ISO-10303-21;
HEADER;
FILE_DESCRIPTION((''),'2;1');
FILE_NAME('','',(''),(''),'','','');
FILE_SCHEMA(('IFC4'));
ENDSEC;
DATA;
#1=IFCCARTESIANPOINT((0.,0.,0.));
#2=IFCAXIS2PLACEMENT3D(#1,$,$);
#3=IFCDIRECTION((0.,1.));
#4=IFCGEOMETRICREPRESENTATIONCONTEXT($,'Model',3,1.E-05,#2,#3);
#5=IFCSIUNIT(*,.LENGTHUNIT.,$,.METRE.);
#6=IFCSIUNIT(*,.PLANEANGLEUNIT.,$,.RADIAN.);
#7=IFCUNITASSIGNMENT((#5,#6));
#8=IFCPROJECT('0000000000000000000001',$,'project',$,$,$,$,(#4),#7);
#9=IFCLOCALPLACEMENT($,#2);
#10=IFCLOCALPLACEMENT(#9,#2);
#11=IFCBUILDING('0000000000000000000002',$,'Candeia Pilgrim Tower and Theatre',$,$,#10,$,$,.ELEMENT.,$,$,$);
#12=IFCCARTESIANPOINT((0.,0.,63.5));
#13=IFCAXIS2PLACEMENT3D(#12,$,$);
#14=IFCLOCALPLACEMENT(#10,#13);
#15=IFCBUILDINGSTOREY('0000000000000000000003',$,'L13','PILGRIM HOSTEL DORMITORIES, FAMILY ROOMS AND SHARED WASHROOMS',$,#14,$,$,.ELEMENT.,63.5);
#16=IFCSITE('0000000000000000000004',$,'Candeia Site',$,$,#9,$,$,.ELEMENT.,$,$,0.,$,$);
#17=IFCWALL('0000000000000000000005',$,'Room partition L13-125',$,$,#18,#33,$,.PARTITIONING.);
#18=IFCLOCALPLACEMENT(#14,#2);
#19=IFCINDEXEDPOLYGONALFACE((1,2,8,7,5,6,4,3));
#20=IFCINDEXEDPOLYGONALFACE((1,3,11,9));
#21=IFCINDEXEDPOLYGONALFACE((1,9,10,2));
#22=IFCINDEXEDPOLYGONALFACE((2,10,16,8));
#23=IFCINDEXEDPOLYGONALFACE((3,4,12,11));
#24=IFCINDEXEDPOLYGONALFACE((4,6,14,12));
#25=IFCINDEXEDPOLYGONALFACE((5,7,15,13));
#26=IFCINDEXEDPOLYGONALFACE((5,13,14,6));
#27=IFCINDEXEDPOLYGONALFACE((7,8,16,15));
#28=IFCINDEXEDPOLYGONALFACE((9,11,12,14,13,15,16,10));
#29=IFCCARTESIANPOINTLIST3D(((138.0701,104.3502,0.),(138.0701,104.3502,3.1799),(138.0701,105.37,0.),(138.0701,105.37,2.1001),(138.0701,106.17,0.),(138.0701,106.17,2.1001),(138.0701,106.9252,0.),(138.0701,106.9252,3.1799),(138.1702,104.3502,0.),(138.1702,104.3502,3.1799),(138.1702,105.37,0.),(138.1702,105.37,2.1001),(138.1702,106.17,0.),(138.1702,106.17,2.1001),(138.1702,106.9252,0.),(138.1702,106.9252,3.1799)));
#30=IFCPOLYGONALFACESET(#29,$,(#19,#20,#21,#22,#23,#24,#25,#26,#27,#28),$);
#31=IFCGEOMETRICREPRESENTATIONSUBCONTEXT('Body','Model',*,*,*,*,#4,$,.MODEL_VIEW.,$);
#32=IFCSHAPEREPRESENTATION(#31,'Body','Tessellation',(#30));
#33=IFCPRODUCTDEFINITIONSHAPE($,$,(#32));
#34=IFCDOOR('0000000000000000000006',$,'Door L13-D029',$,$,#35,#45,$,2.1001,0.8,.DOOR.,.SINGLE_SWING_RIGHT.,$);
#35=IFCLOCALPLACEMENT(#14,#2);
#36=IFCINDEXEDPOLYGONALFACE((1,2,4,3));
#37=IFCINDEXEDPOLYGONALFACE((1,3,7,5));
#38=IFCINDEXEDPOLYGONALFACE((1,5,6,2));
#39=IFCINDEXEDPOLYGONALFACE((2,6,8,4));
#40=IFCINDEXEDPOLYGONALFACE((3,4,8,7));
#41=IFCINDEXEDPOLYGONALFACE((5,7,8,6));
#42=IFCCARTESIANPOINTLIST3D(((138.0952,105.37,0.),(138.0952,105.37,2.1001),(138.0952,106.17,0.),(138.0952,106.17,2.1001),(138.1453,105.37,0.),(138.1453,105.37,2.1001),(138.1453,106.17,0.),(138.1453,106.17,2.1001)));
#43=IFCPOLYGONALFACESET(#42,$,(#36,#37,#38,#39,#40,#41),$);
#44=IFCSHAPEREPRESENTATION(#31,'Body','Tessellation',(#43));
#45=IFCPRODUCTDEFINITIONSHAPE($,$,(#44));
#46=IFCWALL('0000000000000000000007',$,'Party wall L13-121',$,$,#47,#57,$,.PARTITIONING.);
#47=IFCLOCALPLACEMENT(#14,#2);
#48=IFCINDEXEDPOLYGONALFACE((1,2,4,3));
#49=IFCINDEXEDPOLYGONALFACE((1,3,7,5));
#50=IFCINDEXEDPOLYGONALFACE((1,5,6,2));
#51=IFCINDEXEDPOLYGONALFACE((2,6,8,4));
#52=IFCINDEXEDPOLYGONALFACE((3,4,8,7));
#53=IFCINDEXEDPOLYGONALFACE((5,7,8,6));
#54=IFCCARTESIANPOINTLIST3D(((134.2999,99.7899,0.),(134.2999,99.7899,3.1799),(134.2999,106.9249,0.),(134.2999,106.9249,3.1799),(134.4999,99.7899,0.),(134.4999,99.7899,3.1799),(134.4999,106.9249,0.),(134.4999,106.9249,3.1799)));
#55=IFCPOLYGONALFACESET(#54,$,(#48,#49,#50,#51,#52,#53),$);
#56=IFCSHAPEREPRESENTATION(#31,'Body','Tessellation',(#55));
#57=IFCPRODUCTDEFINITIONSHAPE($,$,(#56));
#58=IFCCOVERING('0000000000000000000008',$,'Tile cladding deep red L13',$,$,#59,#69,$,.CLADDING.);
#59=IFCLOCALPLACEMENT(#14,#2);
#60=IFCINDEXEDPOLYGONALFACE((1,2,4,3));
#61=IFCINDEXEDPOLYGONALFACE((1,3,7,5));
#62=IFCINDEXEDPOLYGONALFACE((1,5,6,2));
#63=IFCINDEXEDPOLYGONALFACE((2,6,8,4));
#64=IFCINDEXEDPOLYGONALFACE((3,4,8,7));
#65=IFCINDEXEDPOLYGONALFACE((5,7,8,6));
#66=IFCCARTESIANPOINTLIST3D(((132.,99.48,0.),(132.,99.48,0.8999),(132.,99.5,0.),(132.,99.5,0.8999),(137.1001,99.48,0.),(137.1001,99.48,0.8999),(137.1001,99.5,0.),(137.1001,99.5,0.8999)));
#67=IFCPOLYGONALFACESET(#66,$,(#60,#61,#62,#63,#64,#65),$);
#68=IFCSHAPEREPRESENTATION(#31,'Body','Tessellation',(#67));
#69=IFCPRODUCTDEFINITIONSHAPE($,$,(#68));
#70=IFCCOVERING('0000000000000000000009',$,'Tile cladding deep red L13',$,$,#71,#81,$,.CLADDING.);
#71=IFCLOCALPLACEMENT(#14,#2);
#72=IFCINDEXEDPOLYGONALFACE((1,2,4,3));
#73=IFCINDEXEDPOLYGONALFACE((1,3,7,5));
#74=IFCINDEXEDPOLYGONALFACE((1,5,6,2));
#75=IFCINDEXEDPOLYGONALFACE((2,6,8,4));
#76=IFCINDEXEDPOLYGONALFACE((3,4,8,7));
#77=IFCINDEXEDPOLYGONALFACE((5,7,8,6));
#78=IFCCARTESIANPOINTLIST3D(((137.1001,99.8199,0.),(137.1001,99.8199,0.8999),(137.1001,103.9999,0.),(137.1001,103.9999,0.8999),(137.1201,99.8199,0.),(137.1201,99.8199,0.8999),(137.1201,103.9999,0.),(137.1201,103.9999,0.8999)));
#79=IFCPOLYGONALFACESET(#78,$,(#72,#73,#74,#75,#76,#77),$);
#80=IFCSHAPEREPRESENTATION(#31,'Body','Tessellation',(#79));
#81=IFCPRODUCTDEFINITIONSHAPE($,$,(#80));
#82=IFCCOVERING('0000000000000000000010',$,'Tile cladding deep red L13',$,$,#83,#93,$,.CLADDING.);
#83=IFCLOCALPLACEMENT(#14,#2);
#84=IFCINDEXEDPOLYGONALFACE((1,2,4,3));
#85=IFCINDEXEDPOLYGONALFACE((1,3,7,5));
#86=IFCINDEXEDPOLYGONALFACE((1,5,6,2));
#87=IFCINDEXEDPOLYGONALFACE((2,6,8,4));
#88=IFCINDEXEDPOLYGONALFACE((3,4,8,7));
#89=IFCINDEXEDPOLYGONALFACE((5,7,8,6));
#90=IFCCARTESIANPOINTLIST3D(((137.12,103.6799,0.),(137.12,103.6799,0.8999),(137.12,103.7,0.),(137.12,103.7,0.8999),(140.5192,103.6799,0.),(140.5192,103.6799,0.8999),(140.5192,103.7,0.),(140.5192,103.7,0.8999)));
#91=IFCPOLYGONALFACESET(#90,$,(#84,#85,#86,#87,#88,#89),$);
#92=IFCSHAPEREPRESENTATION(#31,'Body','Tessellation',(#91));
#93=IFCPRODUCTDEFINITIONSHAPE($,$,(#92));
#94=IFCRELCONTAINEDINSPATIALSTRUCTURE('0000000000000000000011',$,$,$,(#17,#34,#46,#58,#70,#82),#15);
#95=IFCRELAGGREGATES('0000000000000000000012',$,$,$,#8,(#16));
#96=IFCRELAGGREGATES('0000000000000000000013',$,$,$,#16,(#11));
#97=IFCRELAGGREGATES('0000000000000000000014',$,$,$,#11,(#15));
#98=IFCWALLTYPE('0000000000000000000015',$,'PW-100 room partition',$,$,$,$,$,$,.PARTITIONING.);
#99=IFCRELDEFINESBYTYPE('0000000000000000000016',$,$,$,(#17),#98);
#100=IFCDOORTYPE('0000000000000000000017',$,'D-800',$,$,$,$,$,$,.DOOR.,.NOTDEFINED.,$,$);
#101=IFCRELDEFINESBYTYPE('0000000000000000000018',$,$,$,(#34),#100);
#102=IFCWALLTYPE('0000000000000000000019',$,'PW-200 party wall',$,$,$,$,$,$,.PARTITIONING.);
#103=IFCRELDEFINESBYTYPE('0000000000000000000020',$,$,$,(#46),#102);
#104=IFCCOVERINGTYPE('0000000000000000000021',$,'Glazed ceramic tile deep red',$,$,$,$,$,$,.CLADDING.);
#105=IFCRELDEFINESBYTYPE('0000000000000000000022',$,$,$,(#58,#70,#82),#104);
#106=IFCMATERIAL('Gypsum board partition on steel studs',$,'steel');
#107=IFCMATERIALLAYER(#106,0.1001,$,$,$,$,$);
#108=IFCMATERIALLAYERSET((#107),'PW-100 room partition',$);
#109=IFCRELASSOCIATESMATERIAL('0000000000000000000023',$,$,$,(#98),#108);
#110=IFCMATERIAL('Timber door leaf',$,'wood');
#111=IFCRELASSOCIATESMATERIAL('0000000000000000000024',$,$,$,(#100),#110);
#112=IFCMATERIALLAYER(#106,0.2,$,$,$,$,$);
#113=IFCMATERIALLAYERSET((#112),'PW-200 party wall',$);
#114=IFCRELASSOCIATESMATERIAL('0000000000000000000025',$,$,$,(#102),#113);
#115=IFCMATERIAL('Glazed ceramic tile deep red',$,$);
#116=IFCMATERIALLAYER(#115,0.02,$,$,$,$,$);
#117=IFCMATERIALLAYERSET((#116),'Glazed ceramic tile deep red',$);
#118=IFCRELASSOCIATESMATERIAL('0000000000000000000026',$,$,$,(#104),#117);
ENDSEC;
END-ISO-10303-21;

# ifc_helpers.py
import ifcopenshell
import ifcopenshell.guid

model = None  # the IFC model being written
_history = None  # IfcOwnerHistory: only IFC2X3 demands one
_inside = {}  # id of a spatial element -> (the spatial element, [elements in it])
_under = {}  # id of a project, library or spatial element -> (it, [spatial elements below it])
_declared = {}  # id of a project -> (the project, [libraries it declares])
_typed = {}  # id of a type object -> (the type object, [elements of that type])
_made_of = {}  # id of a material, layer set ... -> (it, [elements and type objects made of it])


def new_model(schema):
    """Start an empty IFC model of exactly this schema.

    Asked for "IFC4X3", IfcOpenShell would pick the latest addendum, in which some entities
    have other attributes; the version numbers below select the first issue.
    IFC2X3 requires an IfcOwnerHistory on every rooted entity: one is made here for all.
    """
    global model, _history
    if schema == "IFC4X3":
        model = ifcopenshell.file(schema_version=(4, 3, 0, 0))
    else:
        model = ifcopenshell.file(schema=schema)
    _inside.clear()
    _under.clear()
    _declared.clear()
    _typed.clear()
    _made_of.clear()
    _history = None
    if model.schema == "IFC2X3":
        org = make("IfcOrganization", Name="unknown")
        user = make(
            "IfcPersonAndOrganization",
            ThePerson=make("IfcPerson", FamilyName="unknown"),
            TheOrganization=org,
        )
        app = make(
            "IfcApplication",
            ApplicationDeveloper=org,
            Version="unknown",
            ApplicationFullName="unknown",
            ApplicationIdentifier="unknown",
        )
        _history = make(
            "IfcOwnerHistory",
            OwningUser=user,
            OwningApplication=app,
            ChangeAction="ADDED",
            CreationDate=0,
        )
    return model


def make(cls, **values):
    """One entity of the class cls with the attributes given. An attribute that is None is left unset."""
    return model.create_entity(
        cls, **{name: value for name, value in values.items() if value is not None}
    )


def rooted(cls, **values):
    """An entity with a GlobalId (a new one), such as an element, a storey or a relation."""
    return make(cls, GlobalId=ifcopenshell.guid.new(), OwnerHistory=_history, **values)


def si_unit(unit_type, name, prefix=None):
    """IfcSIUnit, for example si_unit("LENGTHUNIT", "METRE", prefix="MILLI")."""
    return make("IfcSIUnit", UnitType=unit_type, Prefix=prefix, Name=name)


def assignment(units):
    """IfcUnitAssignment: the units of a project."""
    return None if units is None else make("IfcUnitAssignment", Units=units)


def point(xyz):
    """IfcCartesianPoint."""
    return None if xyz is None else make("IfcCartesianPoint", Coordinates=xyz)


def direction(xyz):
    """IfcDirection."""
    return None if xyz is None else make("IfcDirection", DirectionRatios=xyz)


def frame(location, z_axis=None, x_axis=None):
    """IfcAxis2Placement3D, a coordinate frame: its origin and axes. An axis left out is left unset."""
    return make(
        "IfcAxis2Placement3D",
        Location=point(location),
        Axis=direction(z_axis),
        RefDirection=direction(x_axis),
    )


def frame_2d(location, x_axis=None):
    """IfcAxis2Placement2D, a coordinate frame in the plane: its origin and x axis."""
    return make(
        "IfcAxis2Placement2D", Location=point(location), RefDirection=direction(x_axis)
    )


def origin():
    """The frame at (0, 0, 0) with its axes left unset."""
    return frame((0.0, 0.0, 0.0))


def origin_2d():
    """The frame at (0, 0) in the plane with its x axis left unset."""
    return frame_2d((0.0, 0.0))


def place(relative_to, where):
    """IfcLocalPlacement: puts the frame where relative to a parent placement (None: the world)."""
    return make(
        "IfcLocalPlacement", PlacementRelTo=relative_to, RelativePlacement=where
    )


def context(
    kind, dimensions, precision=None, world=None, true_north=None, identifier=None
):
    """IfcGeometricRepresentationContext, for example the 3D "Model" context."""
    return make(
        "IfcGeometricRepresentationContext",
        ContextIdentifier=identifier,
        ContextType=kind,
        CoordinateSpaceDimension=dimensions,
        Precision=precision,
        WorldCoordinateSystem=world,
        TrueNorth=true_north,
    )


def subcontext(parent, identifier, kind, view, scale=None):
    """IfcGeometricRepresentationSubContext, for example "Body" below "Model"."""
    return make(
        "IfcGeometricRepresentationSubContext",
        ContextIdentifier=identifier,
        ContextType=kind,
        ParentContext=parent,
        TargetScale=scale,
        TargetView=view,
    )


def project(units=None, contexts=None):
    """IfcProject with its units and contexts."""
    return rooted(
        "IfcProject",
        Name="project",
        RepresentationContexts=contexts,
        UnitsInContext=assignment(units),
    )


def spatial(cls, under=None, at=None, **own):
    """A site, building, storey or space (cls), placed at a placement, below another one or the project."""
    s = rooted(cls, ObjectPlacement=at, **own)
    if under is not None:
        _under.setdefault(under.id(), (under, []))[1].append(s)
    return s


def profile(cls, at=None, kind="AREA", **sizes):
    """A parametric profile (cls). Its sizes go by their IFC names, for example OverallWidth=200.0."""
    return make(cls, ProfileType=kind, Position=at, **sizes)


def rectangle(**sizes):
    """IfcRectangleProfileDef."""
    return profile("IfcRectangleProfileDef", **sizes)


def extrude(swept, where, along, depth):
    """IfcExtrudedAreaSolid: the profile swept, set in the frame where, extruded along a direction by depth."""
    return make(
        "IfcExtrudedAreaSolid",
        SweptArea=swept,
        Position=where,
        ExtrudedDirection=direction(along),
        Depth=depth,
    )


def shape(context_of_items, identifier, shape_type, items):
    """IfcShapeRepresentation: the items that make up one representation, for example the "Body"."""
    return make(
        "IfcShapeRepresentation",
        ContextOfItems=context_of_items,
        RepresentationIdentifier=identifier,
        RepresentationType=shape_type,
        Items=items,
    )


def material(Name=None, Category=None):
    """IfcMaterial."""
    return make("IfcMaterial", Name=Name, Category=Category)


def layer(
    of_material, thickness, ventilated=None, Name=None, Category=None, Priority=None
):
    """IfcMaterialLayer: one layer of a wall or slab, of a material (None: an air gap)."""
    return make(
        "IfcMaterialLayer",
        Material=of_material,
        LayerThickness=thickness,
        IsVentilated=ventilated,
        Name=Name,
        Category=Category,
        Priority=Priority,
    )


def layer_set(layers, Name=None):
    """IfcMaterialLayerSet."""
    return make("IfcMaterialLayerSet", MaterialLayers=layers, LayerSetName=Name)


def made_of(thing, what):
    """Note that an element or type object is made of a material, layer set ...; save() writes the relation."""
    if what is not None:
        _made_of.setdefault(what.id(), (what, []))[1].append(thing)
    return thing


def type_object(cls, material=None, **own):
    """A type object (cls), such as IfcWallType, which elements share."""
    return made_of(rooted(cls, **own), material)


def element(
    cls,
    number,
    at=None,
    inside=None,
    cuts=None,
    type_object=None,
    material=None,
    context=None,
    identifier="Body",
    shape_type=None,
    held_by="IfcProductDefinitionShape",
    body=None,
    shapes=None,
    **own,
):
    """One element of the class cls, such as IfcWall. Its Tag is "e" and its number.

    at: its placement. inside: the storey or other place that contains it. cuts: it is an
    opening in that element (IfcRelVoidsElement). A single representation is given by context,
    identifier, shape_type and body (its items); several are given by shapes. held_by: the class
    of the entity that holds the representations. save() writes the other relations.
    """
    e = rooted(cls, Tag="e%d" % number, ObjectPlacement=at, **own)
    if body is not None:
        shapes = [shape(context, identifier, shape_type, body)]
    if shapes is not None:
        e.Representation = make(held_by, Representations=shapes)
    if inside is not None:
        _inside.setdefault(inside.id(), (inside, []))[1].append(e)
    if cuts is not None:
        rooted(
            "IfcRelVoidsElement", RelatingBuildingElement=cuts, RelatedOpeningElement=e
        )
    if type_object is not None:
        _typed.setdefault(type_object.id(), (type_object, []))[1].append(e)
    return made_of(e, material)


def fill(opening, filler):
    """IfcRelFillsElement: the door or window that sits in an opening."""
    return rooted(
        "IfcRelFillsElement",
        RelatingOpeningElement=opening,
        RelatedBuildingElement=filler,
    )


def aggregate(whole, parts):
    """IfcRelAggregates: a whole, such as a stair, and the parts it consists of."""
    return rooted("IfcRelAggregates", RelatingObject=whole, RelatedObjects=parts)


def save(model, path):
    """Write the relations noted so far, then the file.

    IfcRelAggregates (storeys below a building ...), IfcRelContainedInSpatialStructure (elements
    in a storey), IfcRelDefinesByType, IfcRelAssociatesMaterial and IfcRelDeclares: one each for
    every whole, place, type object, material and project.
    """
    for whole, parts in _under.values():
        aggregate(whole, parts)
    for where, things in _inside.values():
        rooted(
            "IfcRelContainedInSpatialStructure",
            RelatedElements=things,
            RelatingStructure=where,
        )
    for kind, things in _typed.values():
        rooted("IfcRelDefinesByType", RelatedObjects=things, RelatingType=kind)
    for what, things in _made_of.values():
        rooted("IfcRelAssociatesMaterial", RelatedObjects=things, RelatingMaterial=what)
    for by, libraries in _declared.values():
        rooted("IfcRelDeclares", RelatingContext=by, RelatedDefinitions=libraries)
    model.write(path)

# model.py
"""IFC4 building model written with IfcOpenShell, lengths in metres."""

from ifc_helpers import new_model, si_unit, direction, frame, frame_2d, origin, origin_2d, place, context, subcontext, project, spatial, rectangle, extrude, material, layer, layer_set, type_object, element, fill, save


model = new_model("IFC4")

# Units and contexts
model_context = context("Model", 3, precision=1e-05, world=origin(), true_north=direction((0.0, 1.0)))
body_context = subcontext(model_context, "Body", "Model", "MODEL_VIEW")
ifc_project = project(units=[si_unit("LENGTHUNIT", "METRE"), si_unit("PLANEANGLEUNIT", "RADIAN")], contexts=[model_context])

# Site, building, storey
site_placement = place(None, origin())
site = spatial("IfcSite", under=ifc_project, at=site_placement, Name="Candeia Site", CompositionType="ELEMENT", RefElevation=0.0)
building_placement = place(site_placement, origin())
building = spatial("IfcBuilding", under=site, at=building_placement, Name="Candeia Pilgrim Tower and Theatre", CompositionType="ELEMENT")
storey_placement = place(building_placement, frame((0.0, 0.0, 63.5)))
storey = spatial("IfcBuildingStorey", under=building, at=storey_placement, Name="L13", Description="PILGRIM HOSTEL DORMITORIES, FAMILY ROOMS AND SHARED WASHROOMS", CompositionType="ELEMENT", Elevation=63.5)

# Shared definitions
ifc_material_1 = material(Name="Gypsum board partition on steel studs", Category="steel")
ifc_layer_1 = layer(ifc_material_1, 0.1001)
ifc_layer_set_1 = layer_set([ifc_layer_1], Name="PW-100 room partition")
wall_type_1 = type_object("IfcWallType", Name="PW-100 room partition", PredefinedType="PARTITIONING", material=ifc_layer_set_1)

# Wall, opening, door
wall_1_placement = place(storey_placement, frame((138.1201, 104.3501, 0.0), z_axis=(0.0, 0.0, 1.0), x_axis=(0.0, 1.0, 0.0)))
wall_1 = element("IfcWall", 1, at=wall_1_placement, inside=storey, type_object=wall_type_1, Name="Room partition L13-125", PredefinedType="PARTITIONING", context=body_context, shape_type="SweptSolid", body=[
    extrude(rectangle(XDim=2.575, YDim=0.1001, at=frame_2d((1.2876, 0.0))), origin(), (0.0, 0.0, 1.0), 3.1799),
])
opening_1_placement = place(wall_1_placement, frame((1.02, 0.0, 0.0)))
opening_1 = element("IfcOpeningElement", 2, at=opening_1_placement, cuts=wall_1, PredefinedType="OPENING", context=body_context, shape_type="SweptSolid", body=[
    extrude(rectangle(XDim=0.8, YDim=2.1001, at=frame_2d((0.3999, 1.05))), frame((0.0, 0.0601, 0.0), z_axis=(0.0, -1.0, 0.0), x_axis=(1.0, 0.0, 0.0)), (0.0, 0.0, 1.0), 0.1201),
])
ifc_material_2 = material(Name="Timber door leaf", Category="wood")
door_type_1 = type_object("IfcDoorType", Name="D-800", OperationType="NOTDEFINED", PredefinedType="DOOR", material=ifc_material_2)
door_1_placement = place(opening_1_placement, origin())
door_1 = element("IfcDoor", 3, at=door_1_placement, inside=storey, type_object=door_type_1, Name="Door L13-D029", OperationType="SINGLE_SWING_RIGHT", OverallHeight=2.1001, OverallWidth=0.8, PredefinedType="DOOR", context=body_context, shape_type="SweptSolid", body=[
    extrude(rectangle(XDim=0.8, YDim=2.1001, at=frame_2d((0.3999, 1.05))), frame((0.0, 0.0249, 0.0), z_axis=(0.0, -1.0, 0.0), x_axis=(1.0, 0.0, 0.0)), (0.0, 0.0, 1.0), 0.05),
])
fill(opening_1, door_1)

# Wall
ifc_layer_2 = layer(ifc_material_1, 0.2)
ifc_layer_set_2 = layer_set([ifc_layer_2], Name="PW-200 party wall")
wall_type_2 = type_object("IfcWallType", Name="PW-200 party wall", PredefinedType="PARTITIONING", material=ifc_layer_set_2)
wall_2_placement = place(storey_placement, frame((134.3999, 99.79, 0.0), z_axis=(0.0, 0.0, 1.0), x_axis=(0.0, 1.0, 0.0)))
element("IfcWall", 4, at=wall_2_placement, inside=storey, type_object=wall_type_2, Name="Party wall L13-121", PredefinedType="PARTITIONING", context=body_context, shape_type="SweptSolid", body=[
    extrude(rectangle(XDim=7.135, YDim=0.2, at=frame_2d((3.5674, 0.0))), origin(), (0.0, 0.0, 1.0), 3.1799),
])

# Coverings
ifc_material_3 = material(Name="Glazed ceramic tile deep red")
ifc_layer_3 = layer(ifc_material_3, 0.02)
ifc_layer_set_3 = layer_set([ifc_layer_3], Name="Glazed ceramic tile deep red")
covering_type = type_object("IfcCoveringType", Name="Glazed ceramic tile deep red", PredefinedType="CLADDING", material=ifc_layer_set_3)
covering_1_placement = place(storey_placement, frame((134.55, 99.49, 0.0), z_axis=(0.0, 0.0, 1.0), x_axis=(1.0, 0.0, 0.0)))
element("IfcCovering", 5, at=covering_1_placement, inside=storey, type_object=covering_type, Name="Tile cladding deep red L13", PredefinedType="CLADDING", context=body_context, shape_type="SweptSolid", body=[
    extrude(rectangle(XDim=5.1001, YDim=0.02, at=origin_2d()), origin(), (0.0, 0.0, 1.0), 0.8999),
])
covering_2_placement = place(storey_placement, frame((137.1101, 101.9099, 0.0), z_axis=(0.0, 0.0, 1.0), x_axis=(0.0, 1.0, 0.0)))
element("IfcCovering", 6, at=covering_2_placement, inside=storey, type_object=covering_type, Name="Tile cladding deep red L13", PredefinedType="CLADDING", context=body_context, shape_type="SweptSolid", body=[
    extrude(rectangle(XDim=4.1799, YDim=0.02, at=origin_2d()), origin(), (0.0, 0.0, 1.0), 0.8999),
])
covering_3_placement = place(storey_placement, frame((138.8196, 103.6899, 0.0), z_axis=(0.0, 0.0, 1.0), x_axis=(1.0, 0.0, 0.0)))
element("IfcCovering", 7, at=covering_3_placement, inside=storey, type_object=covering_type, Name="Tile cladding deep red L13", PredefinedType="CLADDING", context=body_context, shape_type="SweptSolid", body=[
    extrude(rectangle(XDim=3.3992, YDim=0.02, at=origin_2d()), origin(), (0.0, 0.0, 1.0), 0.8999),
])

save(model, "model.ifc")
